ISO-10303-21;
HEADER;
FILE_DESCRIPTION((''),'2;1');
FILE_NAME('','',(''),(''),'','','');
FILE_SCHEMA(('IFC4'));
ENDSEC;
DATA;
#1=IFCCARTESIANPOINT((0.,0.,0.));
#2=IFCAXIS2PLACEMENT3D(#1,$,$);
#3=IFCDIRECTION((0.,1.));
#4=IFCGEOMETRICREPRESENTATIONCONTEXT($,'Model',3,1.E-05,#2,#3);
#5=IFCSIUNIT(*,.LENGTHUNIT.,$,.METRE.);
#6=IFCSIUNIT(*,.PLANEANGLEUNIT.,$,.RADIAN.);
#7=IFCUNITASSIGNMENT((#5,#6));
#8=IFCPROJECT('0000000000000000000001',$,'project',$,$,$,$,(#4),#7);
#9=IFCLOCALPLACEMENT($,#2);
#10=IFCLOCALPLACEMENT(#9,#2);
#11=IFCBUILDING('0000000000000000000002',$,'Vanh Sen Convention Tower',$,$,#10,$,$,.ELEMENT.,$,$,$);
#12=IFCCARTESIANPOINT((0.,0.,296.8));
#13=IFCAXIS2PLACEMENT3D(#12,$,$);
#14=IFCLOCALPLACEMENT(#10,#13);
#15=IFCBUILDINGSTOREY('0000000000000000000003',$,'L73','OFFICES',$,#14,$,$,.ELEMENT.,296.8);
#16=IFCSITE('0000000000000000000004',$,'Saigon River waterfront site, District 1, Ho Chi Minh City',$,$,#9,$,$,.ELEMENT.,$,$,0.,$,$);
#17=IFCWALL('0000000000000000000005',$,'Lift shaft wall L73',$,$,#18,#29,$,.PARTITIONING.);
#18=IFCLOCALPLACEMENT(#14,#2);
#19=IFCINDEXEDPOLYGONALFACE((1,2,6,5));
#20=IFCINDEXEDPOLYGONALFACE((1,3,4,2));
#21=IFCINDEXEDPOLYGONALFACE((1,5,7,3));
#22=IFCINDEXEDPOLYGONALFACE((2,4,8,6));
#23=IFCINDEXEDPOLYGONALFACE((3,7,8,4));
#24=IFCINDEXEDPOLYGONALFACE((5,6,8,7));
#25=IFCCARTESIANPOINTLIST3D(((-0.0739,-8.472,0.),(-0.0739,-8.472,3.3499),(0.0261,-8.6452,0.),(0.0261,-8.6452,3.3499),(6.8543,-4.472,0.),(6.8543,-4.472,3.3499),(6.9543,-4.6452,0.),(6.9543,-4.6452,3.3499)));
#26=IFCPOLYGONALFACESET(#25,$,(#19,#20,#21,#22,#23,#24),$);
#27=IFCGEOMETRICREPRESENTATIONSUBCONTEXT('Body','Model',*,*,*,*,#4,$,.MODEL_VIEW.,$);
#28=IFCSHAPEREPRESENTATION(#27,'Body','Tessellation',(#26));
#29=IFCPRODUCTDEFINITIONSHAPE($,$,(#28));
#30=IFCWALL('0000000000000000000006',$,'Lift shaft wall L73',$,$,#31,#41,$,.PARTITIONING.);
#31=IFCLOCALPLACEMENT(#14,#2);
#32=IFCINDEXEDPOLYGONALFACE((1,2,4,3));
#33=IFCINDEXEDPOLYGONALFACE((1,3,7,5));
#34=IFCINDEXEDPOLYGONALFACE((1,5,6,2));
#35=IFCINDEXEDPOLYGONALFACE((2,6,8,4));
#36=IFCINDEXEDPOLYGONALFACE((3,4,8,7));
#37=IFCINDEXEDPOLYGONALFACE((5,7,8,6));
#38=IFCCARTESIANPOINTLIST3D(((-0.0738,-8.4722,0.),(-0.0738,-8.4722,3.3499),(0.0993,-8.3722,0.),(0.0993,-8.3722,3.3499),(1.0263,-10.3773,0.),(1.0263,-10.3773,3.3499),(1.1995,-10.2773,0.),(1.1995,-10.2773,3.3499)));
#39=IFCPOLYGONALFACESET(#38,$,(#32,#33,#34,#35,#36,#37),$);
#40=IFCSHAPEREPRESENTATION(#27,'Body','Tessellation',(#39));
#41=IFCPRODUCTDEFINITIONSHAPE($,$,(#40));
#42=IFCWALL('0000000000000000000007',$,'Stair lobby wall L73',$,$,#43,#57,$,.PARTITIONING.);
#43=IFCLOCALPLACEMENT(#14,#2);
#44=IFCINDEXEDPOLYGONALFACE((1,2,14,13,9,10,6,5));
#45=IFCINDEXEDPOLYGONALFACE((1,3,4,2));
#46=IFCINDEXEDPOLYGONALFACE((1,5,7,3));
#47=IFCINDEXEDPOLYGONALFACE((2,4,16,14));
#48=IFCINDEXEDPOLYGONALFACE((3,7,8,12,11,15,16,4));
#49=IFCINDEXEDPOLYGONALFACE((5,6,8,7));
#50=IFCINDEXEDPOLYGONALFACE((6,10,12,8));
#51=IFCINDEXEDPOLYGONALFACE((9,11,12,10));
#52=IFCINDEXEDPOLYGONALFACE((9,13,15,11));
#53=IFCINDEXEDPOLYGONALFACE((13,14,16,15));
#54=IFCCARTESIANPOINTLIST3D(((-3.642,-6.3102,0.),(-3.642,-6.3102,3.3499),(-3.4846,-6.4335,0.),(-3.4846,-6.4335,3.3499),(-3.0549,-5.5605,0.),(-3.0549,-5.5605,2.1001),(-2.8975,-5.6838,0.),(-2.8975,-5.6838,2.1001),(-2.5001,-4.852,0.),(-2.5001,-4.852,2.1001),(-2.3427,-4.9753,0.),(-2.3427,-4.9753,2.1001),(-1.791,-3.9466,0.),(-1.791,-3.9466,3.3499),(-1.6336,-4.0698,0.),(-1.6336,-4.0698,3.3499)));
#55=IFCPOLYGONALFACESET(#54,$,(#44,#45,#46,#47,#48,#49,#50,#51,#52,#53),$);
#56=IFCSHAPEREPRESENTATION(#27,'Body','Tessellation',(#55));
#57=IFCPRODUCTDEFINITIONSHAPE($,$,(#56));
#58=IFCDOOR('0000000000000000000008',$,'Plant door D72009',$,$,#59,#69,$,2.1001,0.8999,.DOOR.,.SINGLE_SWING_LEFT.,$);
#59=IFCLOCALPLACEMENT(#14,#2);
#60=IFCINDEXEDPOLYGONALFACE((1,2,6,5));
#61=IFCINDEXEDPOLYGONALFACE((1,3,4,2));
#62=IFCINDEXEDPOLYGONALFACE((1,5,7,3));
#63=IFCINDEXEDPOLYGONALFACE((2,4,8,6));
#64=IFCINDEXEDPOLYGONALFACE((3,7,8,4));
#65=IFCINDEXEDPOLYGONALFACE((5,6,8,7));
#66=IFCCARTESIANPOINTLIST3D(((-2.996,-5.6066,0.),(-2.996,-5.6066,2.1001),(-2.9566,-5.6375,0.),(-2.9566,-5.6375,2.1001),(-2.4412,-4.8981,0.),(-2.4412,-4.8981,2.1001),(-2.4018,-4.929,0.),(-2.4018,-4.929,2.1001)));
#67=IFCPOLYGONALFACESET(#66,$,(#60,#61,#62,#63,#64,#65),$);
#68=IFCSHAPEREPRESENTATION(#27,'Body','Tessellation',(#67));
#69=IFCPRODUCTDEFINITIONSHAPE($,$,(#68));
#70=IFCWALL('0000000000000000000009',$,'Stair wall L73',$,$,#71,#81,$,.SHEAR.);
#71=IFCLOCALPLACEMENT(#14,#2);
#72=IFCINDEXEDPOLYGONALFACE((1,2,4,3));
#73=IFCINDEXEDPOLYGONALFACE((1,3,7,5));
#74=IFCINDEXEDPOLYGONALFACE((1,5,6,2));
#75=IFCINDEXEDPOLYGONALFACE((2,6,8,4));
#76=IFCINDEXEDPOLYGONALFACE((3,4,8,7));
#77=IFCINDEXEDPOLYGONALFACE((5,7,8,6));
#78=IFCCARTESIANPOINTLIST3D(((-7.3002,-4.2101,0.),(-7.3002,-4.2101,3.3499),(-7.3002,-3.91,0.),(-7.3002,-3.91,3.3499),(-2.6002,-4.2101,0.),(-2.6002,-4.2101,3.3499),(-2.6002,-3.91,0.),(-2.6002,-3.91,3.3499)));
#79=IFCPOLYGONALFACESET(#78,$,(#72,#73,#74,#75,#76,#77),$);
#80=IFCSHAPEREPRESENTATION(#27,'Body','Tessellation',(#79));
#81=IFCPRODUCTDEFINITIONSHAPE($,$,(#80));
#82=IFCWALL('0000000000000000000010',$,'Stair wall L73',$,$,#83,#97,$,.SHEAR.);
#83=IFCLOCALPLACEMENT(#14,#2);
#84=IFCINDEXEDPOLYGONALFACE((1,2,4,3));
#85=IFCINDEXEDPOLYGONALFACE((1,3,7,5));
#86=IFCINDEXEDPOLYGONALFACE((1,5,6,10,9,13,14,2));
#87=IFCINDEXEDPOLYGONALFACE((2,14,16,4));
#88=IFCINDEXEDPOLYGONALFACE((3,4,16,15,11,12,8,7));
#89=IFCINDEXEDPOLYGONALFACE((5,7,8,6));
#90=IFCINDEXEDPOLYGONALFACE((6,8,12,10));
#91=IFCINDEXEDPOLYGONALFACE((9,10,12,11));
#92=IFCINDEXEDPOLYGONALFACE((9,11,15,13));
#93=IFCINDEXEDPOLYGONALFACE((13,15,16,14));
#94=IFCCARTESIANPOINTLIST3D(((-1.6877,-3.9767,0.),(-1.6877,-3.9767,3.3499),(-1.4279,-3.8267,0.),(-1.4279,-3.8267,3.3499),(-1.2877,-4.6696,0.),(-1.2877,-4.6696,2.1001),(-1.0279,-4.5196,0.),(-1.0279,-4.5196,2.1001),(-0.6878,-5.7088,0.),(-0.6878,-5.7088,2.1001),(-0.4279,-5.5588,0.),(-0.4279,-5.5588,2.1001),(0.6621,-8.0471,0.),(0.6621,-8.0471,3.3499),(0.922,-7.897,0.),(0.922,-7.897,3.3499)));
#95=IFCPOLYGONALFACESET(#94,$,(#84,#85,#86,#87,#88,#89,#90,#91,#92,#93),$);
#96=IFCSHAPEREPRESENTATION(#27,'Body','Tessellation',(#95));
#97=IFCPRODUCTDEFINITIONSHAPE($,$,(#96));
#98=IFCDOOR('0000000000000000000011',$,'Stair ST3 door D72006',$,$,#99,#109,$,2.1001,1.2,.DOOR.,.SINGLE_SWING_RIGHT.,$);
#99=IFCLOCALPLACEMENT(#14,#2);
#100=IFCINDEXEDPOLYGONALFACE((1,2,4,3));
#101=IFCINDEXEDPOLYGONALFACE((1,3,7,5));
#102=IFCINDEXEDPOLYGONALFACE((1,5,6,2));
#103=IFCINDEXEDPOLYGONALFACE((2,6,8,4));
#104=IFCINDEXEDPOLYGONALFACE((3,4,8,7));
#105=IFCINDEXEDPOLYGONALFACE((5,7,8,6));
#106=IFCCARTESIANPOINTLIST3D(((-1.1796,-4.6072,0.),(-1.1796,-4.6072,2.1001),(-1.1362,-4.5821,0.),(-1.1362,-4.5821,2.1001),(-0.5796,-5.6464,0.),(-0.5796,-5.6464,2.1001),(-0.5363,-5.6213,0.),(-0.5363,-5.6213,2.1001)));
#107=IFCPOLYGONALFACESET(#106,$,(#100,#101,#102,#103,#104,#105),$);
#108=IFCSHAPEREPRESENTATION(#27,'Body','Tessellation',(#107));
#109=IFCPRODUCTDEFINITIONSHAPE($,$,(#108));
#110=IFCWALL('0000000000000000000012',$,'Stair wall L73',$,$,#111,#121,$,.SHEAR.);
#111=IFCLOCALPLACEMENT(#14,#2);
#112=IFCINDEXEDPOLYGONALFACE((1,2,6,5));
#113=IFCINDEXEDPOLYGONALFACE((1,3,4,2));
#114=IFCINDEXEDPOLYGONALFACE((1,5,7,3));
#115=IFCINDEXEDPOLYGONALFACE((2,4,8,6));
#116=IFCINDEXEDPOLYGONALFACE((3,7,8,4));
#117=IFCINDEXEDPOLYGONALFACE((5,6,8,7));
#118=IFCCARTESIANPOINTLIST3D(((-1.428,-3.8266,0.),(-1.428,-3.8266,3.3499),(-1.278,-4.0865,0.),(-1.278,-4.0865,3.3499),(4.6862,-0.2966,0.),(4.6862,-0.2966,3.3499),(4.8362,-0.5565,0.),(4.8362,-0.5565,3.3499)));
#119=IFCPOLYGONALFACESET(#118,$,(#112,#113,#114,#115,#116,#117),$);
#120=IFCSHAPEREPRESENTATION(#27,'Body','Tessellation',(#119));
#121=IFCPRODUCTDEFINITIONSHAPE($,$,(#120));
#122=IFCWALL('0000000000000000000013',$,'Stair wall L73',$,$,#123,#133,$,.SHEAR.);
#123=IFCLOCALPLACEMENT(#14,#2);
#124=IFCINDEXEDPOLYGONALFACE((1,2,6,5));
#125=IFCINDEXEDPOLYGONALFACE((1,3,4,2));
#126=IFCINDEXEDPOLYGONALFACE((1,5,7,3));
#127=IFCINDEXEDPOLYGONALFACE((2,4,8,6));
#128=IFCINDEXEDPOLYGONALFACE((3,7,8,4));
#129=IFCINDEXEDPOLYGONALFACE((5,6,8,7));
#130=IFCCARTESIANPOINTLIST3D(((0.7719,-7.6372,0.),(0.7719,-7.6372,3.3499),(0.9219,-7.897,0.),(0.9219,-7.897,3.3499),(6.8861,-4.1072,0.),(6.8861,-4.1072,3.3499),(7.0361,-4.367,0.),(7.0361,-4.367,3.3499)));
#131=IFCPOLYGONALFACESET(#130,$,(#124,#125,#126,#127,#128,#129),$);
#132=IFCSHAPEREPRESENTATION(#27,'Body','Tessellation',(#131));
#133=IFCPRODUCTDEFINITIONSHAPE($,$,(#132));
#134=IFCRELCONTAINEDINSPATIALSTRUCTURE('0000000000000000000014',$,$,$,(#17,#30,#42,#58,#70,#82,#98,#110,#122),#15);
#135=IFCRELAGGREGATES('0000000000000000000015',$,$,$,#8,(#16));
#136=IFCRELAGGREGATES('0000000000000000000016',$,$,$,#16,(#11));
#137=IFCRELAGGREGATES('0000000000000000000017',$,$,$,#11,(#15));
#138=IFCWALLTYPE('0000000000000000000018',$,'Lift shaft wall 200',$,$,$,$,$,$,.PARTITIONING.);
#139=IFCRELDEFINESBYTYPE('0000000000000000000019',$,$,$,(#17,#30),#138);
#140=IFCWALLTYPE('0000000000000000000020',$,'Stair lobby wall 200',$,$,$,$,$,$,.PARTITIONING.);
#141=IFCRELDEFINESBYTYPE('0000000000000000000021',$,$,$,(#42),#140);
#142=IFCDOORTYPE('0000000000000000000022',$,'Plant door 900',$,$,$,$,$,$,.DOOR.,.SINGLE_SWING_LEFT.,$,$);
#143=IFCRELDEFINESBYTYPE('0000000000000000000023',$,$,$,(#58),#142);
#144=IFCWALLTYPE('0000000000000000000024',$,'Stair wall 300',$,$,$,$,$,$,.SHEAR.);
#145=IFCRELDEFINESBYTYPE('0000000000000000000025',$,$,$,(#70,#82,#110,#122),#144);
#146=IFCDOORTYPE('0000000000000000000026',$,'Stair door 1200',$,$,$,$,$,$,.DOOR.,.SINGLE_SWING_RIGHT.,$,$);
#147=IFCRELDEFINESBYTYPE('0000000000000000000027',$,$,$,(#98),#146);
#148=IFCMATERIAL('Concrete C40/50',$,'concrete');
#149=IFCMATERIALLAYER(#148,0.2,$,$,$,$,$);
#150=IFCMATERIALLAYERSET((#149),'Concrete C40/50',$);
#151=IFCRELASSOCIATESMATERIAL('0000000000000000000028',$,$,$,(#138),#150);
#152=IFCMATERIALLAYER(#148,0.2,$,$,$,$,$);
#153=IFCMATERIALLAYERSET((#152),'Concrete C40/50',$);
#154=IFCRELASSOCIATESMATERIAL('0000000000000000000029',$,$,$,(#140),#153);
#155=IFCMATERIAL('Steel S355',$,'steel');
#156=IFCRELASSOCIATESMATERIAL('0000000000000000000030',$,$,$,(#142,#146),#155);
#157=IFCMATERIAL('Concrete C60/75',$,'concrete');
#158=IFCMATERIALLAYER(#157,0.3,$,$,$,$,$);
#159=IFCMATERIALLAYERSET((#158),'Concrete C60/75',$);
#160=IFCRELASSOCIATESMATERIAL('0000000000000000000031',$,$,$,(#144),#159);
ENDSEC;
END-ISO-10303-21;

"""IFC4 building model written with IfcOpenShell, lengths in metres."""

from ifc_helpers import new_model, si_unit, direction, frame, frame_2d, origin, place, context, subcontext, project, spatial, rectangle, extrude, material, layer, layer_set, type_object, element, fill, save


model = new_model("IFC4")

# Units and contexts
model_context = context("Model", 3, precision=1e-05, world=origin(), true_north=direction((0.0, 1.0)))
body_context = subcontext(model_context, "Body", "Model", "MODEL_VIEW")
ifc_project = project(units=[si_unit("LENGTHUNIT", "METRE"), si_unit("PLANEANGLEUNIT", "RADIAN")], contexts=[model_context])

# Site, building, storey
site_placement = place(None, origin())
site = spatial("IfcSite", under=ifc_project, at=site_placement, Name="Saigon River waterfront site, District 1, Ho Chi Minh City", CompositionType="ELEMENT", RefElevation=0.0)
building_placement = place(site_placement, origin())
building = spatial("IfcBuilding", under=site, at=building_placement, Name="Vanh Sen Convention Tower", CompositionType="ELEMENT")
storey_placement = place(building_placement, frame((0.0, 0.0, 296.8)))
storey = spatial("IfcBuildingStorey", under=building, at=storey_placement, Name="L73", Description="OFFICES", CompositionType="ELEMENT", Elevation=296.8)

# Shared definitions
ifc_material_1 = material(Name="Concrete C40/50", Category="concrete")

# Shared definitions
ifc_material_2 = material(Name="Concrete C60/75", Category="concrete")
ifc_material_3 = material(Name="Steel S355", Category="steel")

# Walls
ifc_layer_1 = layer(ifc_material_1, 0.2)
ifc_layer_set_1 = layer_set([ifc_layer_1], Name="Concrete C40/50")
wall_type_1 = type_object("IfcWallType", Name="Lift shaft wall 200", PredefinedType="PARTITIONING", material=ifc_layer_set_1)
wall_1_placement = place(storey_placement, frame((-0.0239, -8.5586, 0.0), z_axis=(0.0, 0.0, 1.0), x_axis=(0.866026, 0.499999, 0.0)))
element("IfcWall", 1, at=wall_1_placement, inside=storey, type_object=wall_type_1, Name="Lift shaft wall L73", PredefinedType="PARTITIONING", context=body_context, shape_type="SweptSolid", body=[
    extrude(rectangle(XDim=8.0, YDim=0.2, at=frame_2d((4.0, 0.0))), origin(), (0.0, 0.0, 1.0), 3.3499),
])
wall_2_placement = place(storey_placement, frame((0.0127, -8.4221, 0.0), z_axis=(0.0, 0.0, 1.0), x_axis=(0.500078, -0.86598, 0.0)))
element("IfcWall", 2, at=wall_2_placement, inside=storey, type_object=wall_type_1, Name="Lift shaft wall L73", PredefinedType="PARTITIONING", context=body_context, shape_type="SweptSolid", body=[
    extrude(rectangle(XDim=2.2, YDim=0.2, at=frame_2d((1.1001, 0.0))), origin(), (0.0, 0.0, 1.0), 3.3499),
])

# Wall, opening, door
ifc_layer_2 = layer(ifc_material_1, 0.2)
ifc_layer_set_2 = layer_set([ifc_layer_2], Name="Concrete C40/50")
wall_type_2 = type_object("IfcWallType", Name="Stair lobby wall 200", PredefinedType="PARTITIONING", material=ifc_layer_set_2)
wall_3_placement = place(storey_placement, frame((-1.7124, -4.0083, 0.0), z_axis=(0.0, 0.0, 1.0), x_axis=(-0.616549, -0.787316, 0.0)))
wall_3 = element("IfcWall", 3, at=wall_3_placement, inside=storey, type_object=wall_type_2, Name="Stair lobby wall L73", PredefinedType="PARTITIONING", context=body_context, shape_type="SweptSolid", body=[
    extrude(rectangle(XDim=3.0022, YDim=0.2, at=frame_2d((1.501, 0.0))), origin(), (0.0, 0.0, 1.0), 3.3499),
])
opening_1_placement = place(wall_3_placement, frame((1.1499, 0.0, 0.0)))
opening_1 = element("IfcOpeningElement", 4, at=opening_1_placement, cuts=wall_3, PredefinedType="OPENING", context=body_context, shape_type="SweptSolid", body=[
    extrude(rectangle(XDim=0.8999, YDim=2.1001, at=frame_2d((0.45, 1.05))), frame((0.0, 0.1099, 0.0), z_axis=(0.0, -1.0, 0.0), x_axis=(1.0, 0.0, 0.0)), (0.0, 0.0, 1.0), 0.22),
])
door_type_1 = type_object("IfcDoorType", Name="Plant door 900", OperationType="SINGLE_SWING_LEFT", PredefinedType="DOOR", material=ifc_material_3)
door_1_placement = place(opening_1_placement, origin())
door_1 = element("IfcDoor", 5, at=door_1_placement, inside=storey, type_object=door_type_1, Name="Plant door D72009", OperationType="SINGLE_SWING_LEFT", OverallHeight=2.1001, OverallWidth=0.8999, PredefinedType="DOOR", context=body_context, shape_type="SweptSolid", body=[
    extrude(rectangle(XDim=0.8999, YDim=2.1001, at=frame_2d((0.45, 1.05))), frame((0.0, 0.0249, 0.0), z_axis=(0.0, -1.0, 0.0), x_axis=(1.0, 0.0, 0.0)), (0.0, 0.0, 1.0), 0.05),
])
fill(opening_1, door_1)

# Wall
ifc_layer_3 = layer(ifc_material_2, 0.3)
ifc_layer_set_3 = layer_set([ifc_layer_3], Name="Concrete C60/75")
wall_type_3 = type_object("IfcWallType", Name="Stair wall 300", PredefinedType="SHEAR", material=ifc_layer_set_3)
wall_4_placement = place(storey_placement, frame((-2.6001, -4.0601, 0.0), z_axis=(0.0, 0.0, 1.0), x_axis=(-1.0, 0.0, 0.0)))
element("IfcWall", 6, at=wall_4_placement, inside=storey, type_object=wall_type_3, Name="Stair wall L73", PredefinedType="SHEAR", context=body_context, shape_type="SweptSolid", body=[
    extrude(rectangle(XDim=4.7, YDim=0.3, at=frame_2d((2.3501, 0.0))), origin(), (0.0, 0.0, 1.0), 3.3499),
])

# Wall, opening, door
wall_5_placement = place(storey_placement, frame((-1.5579, -3.9016, 0.0), z_axis=(0.0, 0.0, 1.0), x_axis=(0.499977, -0.866039, 0.0)))
wall_5 = element("IfcWall", 7, at=wall_5_placement, inside=storey, type_object=wall_type_3, Name="Stair wall L73", PredefinedType="SHEAR", context=body_context, shape_type="SweptSolid", body=[
    extrude(rectangle(XDim=4.7, YDim=0.3, at=frame_2d((2.3501, 0.0))), origin(), (0.0, 0.0, 1.0), 3.3499),
])
opening_2_placement = place(wall_5_placement, frame((0.8, 0.0, 0.0)))
opening_2 = element("IfcOpeningElement", 8, at=opening_2_placement, cuts=wall_5, PredefinedType="OPENING", context=body_context, shape_type="SweptSolid", body=[
    extrude(rectangle(XDim=1.2, YDim=2.1001, at=frame_2d((0.6001, 1.05))), frame((0.0, 0.1599, 0.0), z_axis=(0.0, -1.0, 0.0), x_axis=(1.0, 0.0, 0.0)), (0.0, 0.0, 1.0), 0.3201),
])
door_type_2 = type_object("IfcDoorType", Name="Stair door 1200", OperationType="SINGLE_SWING_RIGHT", PredefinedType="DOOR", material=ifc_material_3)
door_2_placement = place(opening_2_placement, origin())
door_2 = element("IfcDoor", 9, at=door_2_placement, inside=storey, type_object=door_type_2, Name="Stair ST3 door D72006", OperationType="SINGLE_SWING_RIGHT", OverallHeight=2.1001, OverallWidth=1.2, PredefinedType="DOOR", context=body_context, shape_type="SweptSolid", body=[
    extrude(rectangle(XDim=1.2, YDim=2.1001, at=frame_2d((0.6001, 1.05))), frame((0.0, 0.0249, 0.0), z_axis=(0.0, -1.0, 0.0), x_axis=(1.0, 0.0, 0.0)), (0.0, 0.0, 1.0), 0.05),
])
fill(opening_2, door_2)

# Walls
for number, where, z_axis, x_axis, name in (
    (10, (-1.353, -3.9565, 0.0), (0.0, 0.0, 1.0), (0.866028, 0.499996, 0.0), "Stair wall L73"),
    (11, (0.8469, -7.7671, 0.0), (0.0, 0.0, 1.0), (0.866028, 0.499996, 0.0), "Stair wall L73"),
):
    element("IfcWall", number, at=place(storey_placement, frame(where, z_axis=z_axis, x_axis=x_axis)), inside=storey, type_object=wall_type_3, Name=name, PredefinedType="SHEAR", context=body_context, shape_type="SweptSolid", body=[
        extrude(rectangle(XDim=7.0601, YDim=0.3, at=frame_2d((3.53, 0.0))), origin(), (0.0, 0.0, 1.0), 3.3499),
    ])

save(model, "model.ifc")
